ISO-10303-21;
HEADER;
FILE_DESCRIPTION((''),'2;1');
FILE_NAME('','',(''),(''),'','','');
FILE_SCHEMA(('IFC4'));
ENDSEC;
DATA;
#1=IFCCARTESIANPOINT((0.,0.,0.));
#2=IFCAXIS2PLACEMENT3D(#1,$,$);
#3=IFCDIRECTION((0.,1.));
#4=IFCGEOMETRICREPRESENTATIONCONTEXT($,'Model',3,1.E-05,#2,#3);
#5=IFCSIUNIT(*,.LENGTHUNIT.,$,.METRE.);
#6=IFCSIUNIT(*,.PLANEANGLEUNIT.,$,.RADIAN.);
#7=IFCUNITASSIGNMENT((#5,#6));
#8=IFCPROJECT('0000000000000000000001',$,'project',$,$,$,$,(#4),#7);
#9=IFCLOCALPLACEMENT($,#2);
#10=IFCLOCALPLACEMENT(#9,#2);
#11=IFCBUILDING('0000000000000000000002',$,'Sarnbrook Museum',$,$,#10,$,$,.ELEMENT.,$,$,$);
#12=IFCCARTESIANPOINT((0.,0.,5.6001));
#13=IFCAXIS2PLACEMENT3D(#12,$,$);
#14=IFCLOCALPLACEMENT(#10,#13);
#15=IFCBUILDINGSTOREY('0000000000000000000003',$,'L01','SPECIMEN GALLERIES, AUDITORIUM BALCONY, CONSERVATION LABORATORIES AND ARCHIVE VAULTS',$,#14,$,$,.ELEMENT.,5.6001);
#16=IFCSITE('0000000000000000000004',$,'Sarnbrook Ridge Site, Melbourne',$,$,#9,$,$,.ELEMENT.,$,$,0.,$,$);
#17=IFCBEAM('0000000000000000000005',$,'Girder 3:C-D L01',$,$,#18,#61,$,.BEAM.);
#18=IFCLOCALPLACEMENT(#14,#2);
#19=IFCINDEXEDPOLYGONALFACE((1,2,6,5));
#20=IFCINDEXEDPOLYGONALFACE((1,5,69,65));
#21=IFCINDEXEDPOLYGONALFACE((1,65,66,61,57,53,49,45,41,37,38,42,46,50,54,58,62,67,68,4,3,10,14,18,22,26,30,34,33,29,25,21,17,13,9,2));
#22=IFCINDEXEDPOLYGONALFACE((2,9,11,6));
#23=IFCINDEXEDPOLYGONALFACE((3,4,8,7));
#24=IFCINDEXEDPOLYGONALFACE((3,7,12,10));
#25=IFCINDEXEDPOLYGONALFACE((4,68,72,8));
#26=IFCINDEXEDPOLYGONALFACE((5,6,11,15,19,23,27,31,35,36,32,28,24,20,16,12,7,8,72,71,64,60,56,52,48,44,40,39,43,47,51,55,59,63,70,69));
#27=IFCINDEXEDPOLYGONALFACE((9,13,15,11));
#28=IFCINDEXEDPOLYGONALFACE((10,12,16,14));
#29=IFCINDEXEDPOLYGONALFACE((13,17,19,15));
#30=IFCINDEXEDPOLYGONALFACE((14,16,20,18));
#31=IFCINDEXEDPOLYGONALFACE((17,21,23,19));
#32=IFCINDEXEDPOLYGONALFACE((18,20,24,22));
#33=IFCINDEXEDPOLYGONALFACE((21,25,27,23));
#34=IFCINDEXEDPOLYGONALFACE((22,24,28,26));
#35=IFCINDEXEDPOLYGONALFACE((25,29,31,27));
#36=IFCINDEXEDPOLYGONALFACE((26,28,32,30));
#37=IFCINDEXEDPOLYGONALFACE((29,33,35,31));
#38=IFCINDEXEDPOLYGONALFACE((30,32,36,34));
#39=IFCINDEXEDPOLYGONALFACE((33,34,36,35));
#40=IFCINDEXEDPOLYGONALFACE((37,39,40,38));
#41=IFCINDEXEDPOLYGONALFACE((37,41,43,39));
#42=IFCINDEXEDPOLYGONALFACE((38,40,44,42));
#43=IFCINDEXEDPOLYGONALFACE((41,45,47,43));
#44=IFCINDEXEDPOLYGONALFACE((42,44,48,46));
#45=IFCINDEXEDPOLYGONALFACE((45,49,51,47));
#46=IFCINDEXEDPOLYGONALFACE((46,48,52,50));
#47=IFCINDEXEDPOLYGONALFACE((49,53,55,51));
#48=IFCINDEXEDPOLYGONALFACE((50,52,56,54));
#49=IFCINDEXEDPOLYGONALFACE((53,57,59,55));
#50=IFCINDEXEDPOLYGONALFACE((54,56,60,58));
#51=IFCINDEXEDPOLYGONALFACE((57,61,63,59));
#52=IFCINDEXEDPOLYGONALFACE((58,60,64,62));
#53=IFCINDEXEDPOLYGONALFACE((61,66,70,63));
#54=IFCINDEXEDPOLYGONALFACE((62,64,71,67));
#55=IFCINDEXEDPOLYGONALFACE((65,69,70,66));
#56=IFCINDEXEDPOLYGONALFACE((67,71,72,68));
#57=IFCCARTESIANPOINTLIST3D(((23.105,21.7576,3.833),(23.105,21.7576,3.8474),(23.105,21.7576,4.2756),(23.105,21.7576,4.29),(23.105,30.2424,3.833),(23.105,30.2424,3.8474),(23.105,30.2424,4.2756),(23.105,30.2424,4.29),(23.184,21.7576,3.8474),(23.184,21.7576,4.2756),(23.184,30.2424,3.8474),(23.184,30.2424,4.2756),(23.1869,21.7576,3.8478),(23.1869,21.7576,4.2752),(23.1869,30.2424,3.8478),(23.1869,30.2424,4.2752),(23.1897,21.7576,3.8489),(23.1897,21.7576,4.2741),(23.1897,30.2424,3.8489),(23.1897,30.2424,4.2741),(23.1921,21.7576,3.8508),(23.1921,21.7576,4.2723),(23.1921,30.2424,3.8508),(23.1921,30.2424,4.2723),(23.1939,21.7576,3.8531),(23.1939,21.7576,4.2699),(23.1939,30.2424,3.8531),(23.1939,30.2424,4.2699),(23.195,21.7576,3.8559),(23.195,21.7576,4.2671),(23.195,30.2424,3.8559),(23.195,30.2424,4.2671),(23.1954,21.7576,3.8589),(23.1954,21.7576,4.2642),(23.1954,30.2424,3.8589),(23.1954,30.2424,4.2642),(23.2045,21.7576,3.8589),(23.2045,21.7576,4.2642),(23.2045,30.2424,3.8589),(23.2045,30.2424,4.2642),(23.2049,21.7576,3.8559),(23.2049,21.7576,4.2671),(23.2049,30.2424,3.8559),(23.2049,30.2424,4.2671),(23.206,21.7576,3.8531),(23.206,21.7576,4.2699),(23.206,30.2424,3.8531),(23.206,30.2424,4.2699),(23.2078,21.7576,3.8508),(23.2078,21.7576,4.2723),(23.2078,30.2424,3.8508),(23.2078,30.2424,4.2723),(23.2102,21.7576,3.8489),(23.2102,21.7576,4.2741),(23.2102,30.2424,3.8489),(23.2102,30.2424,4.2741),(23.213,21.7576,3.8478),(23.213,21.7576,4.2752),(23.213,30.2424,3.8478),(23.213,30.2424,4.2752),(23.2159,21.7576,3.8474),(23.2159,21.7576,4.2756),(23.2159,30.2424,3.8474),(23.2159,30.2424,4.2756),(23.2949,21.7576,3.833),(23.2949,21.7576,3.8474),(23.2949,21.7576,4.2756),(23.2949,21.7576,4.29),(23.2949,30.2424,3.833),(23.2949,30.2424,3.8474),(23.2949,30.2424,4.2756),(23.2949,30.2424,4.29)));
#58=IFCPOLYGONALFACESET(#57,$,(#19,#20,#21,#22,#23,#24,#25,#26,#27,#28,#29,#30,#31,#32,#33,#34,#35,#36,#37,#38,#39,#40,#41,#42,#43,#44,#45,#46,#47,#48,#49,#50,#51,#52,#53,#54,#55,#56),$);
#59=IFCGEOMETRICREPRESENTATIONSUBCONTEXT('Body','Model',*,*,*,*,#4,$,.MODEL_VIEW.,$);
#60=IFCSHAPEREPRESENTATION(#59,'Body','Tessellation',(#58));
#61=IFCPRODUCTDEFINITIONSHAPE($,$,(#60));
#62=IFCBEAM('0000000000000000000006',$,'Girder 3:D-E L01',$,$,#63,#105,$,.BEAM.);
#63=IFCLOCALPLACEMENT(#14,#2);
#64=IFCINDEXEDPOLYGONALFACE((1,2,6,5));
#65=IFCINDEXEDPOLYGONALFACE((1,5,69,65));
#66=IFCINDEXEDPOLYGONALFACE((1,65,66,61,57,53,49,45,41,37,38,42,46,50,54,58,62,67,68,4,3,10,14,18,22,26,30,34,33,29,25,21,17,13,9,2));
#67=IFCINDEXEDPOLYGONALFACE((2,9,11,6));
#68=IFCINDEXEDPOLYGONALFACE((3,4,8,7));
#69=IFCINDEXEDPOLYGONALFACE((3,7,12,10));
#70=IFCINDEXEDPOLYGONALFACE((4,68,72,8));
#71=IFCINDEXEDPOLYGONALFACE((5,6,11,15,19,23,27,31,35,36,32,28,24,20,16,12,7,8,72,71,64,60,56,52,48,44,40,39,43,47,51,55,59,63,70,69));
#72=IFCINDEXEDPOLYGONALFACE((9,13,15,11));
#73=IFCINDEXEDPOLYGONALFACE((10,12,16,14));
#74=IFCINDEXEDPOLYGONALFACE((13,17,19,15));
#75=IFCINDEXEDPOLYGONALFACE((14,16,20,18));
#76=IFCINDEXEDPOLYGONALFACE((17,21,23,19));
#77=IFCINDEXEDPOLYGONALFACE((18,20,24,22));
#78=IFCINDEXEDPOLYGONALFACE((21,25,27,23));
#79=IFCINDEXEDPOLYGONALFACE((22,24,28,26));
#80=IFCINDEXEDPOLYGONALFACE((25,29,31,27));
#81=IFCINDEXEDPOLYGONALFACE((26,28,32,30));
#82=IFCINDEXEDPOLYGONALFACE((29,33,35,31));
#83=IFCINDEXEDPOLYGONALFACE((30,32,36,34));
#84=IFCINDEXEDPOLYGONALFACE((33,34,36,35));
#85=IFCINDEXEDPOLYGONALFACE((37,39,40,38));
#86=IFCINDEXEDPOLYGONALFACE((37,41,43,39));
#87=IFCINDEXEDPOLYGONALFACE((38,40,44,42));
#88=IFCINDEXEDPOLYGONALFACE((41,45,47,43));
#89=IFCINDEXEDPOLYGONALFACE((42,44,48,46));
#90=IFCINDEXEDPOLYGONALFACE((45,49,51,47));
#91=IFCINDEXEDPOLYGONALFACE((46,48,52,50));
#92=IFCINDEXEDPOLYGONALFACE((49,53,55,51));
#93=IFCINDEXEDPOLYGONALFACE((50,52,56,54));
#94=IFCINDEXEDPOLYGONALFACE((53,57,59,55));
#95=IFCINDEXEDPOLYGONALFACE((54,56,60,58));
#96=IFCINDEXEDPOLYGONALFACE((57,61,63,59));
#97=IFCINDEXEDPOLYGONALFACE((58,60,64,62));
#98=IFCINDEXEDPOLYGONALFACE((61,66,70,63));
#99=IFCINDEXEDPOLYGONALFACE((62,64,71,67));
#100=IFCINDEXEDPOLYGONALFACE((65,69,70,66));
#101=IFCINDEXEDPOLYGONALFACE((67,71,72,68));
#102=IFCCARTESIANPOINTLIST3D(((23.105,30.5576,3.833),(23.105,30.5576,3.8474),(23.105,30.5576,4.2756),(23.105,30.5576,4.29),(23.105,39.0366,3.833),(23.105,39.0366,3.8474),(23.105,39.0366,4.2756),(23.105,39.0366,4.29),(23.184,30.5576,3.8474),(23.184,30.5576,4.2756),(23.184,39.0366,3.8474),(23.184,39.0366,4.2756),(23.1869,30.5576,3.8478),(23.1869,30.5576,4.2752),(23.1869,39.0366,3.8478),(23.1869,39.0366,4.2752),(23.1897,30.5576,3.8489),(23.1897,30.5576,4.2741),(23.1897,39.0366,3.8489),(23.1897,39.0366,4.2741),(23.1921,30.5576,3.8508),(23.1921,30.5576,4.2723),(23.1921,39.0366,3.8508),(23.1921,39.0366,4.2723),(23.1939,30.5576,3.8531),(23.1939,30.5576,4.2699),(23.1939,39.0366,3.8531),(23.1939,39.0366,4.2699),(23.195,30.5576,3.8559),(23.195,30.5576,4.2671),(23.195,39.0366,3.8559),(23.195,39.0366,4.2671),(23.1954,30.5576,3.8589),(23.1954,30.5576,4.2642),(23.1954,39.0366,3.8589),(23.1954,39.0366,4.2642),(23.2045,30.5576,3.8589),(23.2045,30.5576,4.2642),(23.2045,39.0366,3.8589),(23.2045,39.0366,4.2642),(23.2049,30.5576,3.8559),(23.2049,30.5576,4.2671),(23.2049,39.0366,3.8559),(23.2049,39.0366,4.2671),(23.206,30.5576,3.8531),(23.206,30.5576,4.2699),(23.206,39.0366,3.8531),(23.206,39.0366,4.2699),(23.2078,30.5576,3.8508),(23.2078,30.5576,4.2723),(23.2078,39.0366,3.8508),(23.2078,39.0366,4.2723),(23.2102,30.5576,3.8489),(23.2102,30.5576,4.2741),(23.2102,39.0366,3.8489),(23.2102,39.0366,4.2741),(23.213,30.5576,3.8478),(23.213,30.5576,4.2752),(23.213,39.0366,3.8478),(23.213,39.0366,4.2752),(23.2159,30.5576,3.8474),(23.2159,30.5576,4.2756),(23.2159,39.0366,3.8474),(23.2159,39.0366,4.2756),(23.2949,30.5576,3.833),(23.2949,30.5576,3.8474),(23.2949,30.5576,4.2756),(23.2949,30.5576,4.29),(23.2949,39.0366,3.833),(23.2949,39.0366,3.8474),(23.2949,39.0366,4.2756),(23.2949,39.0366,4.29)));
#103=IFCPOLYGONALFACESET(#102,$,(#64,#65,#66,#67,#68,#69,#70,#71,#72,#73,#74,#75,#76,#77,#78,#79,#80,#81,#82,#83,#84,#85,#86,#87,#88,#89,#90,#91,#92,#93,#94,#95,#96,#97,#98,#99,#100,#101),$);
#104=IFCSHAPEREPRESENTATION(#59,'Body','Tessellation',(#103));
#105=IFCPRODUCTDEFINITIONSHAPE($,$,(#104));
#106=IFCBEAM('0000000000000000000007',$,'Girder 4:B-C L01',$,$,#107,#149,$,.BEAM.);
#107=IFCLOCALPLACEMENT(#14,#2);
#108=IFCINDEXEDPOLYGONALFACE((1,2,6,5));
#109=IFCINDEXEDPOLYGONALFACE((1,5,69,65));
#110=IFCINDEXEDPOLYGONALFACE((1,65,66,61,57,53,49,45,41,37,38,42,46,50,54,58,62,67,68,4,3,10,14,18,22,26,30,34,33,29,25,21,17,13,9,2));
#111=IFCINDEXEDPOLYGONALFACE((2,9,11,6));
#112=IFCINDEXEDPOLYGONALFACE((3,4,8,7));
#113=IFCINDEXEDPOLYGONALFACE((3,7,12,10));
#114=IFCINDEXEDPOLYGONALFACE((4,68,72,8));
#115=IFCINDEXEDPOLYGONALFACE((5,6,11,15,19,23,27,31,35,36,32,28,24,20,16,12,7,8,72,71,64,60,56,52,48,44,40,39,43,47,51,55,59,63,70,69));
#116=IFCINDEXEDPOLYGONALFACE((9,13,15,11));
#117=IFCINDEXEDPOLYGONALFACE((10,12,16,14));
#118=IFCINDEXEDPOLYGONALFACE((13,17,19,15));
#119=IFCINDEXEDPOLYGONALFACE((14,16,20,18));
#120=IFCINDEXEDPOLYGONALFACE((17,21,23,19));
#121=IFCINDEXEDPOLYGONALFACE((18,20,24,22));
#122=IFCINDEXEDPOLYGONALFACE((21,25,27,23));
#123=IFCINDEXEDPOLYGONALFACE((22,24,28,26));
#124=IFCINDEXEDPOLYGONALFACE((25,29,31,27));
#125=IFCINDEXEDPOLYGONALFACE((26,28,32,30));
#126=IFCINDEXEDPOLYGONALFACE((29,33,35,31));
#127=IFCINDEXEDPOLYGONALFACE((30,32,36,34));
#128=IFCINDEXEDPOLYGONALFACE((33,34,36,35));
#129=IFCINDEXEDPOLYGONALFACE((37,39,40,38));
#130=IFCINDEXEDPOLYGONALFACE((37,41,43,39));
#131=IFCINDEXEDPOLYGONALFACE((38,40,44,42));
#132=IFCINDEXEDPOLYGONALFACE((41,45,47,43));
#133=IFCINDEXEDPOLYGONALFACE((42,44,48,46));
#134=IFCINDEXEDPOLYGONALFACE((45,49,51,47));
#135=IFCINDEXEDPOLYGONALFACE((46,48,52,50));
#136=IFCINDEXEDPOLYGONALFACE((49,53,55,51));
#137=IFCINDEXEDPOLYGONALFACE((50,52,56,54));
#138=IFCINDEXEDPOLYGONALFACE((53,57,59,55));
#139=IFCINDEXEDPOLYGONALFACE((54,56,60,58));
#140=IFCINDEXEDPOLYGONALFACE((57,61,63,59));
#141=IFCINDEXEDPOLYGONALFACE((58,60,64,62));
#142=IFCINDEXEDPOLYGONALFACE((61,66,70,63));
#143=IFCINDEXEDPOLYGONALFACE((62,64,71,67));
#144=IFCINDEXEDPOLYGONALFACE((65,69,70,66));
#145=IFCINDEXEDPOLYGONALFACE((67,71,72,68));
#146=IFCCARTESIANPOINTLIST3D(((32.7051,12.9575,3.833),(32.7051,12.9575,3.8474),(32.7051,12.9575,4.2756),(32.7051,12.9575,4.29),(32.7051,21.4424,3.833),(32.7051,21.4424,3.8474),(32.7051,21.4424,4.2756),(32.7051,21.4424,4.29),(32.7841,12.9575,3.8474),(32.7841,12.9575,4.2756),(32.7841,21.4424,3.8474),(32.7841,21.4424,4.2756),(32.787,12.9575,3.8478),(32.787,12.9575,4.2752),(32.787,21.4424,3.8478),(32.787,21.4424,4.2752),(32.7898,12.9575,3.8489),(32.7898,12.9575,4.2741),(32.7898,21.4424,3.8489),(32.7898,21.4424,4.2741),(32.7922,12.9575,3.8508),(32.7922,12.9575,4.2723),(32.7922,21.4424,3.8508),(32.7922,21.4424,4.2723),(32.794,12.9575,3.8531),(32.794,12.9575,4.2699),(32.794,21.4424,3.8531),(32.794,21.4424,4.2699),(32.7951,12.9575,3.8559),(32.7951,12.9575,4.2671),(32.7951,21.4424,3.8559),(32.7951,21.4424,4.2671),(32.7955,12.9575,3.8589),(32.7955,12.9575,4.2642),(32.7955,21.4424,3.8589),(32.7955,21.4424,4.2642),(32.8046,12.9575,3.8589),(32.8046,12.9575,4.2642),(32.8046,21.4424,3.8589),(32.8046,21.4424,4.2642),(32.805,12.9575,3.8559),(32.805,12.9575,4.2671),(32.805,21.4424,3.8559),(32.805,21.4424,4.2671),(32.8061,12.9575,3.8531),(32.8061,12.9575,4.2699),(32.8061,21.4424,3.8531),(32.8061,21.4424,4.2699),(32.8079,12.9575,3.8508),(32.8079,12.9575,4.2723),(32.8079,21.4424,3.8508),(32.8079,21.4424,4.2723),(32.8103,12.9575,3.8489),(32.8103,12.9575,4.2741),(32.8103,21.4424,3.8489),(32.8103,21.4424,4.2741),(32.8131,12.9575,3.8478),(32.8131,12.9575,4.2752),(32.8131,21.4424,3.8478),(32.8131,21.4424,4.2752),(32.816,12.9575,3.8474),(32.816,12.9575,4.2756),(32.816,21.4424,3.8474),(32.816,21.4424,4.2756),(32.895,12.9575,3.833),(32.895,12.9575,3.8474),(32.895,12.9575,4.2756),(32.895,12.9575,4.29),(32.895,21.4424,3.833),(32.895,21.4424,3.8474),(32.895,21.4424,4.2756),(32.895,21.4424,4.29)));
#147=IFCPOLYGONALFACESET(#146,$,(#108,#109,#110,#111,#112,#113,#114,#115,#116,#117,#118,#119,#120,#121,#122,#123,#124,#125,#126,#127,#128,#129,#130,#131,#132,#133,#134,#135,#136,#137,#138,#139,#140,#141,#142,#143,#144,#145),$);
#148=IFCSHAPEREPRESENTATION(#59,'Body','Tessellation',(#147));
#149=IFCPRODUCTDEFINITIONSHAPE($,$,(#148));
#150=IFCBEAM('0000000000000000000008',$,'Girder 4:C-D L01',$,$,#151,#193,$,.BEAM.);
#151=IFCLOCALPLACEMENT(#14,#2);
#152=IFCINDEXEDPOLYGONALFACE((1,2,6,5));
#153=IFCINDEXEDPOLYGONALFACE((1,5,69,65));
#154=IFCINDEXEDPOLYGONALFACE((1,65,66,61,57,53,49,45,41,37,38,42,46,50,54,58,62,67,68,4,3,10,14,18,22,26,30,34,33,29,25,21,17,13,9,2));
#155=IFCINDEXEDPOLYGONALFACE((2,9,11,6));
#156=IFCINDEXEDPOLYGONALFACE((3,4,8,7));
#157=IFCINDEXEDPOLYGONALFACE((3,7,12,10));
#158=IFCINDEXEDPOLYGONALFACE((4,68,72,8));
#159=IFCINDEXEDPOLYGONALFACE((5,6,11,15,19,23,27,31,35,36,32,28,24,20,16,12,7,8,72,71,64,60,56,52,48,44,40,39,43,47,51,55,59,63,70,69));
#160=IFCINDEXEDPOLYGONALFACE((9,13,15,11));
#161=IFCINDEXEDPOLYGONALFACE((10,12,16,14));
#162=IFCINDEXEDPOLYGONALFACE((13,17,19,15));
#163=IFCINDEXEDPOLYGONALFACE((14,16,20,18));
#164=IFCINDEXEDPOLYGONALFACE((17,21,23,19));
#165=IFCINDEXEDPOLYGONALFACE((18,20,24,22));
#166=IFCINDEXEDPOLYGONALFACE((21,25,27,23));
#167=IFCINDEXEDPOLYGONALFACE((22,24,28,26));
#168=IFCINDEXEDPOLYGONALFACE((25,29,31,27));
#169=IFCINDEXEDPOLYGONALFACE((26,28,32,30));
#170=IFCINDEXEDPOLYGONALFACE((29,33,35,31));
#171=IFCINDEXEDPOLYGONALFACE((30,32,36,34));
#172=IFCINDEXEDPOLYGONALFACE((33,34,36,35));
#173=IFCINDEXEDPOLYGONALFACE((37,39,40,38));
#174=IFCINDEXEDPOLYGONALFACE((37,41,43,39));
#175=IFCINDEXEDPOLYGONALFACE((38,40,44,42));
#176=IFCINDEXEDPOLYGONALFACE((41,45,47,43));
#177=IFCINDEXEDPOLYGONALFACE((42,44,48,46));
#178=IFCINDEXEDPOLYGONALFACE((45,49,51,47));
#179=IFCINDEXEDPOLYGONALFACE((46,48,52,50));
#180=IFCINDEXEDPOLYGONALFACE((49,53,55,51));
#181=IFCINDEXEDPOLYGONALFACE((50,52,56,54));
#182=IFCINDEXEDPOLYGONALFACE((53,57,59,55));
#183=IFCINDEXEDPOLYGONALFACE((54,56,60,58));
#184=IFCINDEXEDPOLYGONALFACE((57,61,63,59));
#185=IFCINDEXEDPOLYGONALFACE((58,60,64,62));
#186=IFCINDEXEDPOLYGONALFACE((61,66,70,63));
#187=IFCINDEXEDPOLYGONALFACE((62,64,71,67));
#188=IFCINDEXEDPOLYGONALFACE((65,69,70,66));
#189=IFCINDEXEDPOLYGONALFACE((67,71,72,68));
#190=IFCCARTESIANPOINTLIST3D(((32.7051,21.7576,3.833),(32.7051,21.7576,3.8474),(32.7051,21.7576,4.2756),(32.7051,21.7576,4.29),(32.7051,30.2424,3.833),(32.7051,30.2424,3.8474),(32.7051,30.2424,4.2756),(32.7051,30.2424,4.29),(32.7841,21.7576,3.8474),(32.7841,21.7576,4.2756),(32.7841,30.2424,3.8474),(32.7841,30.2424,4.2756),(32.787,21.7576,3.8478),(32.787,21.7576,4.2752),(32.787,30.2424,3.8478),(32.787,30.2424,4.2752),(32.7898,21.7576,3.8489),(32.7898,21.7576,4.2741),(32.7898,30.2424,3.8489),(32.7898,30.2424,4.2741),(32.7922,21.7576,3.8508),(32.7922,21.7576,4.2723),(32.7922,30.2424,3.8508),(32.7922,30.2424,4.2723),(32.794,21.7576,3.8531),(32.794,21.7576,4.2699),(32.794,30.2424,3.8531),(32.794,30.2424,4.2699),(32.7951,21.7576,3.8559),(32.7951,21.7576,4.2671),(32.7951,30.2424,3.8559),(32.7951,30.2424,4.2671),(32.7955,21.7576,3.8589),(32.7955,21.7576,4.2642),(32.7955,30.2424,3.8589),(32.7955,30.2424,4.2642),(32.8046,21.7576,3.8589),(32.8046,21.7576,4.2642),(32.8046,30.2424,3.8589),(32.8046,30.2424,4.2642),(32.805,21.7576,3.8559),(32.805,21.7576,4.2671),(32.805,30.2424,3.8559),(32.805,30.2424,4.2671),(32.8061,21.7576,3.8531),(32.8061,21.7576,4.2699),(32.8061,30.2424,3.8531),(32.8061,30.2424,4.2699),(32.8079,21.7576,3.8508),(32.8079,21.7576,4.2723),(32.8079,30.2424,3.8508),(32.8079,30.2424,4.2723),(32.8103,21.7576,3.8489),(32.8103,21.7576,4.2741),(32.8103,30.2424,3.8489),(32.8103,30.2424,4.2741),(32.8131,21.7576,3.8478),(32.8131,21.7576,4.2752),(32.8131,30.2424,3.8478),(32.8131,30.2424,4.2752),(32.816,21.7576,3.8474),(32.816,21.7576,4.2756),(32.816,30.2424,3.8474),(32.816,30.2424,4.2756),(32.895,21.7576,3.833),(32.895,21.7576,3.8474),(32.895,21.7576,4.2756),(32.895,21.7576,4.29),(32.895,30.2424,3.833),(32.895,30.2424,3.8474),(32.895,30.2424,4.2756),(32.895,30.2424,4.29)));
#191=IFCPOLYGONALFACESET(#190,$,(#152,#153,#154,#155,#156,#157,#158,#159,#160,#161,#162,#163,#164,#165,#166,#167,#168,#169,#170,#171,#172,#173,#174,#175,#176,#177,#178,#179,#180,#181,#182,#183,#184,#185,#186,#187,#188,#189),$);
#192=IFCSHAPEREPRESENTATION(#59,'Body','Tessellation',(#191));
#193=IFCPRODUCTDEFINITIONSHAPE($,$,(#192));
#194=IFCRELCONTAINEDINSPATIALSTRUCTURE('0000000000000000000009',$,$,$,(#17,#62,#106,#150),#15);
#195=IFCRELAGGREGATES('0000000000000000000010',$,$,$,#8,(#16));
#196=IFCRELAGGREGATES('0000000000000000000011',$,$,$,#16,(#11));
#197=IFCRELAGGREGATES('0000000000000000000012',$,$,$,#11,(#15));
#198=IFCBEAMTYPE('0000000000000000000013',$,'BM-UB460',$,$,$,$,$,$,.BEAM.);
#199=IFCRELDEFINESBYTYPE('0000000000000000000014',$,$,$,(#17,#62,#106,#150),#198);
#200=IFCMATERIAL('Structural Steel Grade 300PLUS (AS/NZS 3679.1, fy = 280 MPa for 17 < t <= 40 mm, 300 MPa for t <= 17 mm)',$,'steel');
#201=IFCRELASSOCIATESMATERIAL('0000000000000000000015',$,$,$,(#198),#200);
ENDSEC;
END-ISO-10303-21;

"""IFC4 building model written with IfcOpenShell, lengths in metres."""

from ifc_helpers import new_model, si_unit, direction, frame, origin, origin_2d, place, context, subcontext, project, spatial, i_section, extrude, material, material_profile, profile_set, type_object, element, save


model = new_model("IFC4")

# Units and contexts
model_context = context("Model", 3, precision=1e-05, world=origin(), true_north=direction((0.0, 1.0)))
body_context = subcontext(model_context, "Body", "Model", "MODEL_VIEW")
ifc_project = project(units=[si_unit("LENGTHUNIT", "METRE"), si_unit("PLANEANGLEUNIT", "RADIAN")], contexts=[model_context])

# Site, building, storey
site_placement = place(None, origin())
site = spatial("IfcSite", under=ifc_project, at=site_placement, Name="Sarnbrook Ridge Site, Melbourne", CompositionType="ELEMENT", RefElevation=0.0)
building_placement = place(site_placement, origin())
building = spatial("IfcBuilding", under=site, at=building_placement, Name="Sarnbrook Museum", CompositionType="ELEMENT")
storey_placement = place(building_placement, frame((0.0, 0.0, 5.6001)))
storey = spatial("IfcBuildingStorey", under=building, at=storey_placement, Name="L01", Description="SPECIMEN GALLERIES, AUDITORIUM BALCONY, CONSERVATION LABORATORIES AND ARCHIVE VAULTS", CompositionType="ELEMENT", Elevation=5.6001)

# Shared definitions
ifc_material_1 = material(Name="Structural Steel Grade 300PLUS (AS/NZS 3679.1, fy = 280 MPa for 17 < t <= 40 mm, 300 MPa for t <= 17 mm)", Category="steel")

# Beams
ifc_material_profile_1 = material_profile(ifc_material_1, i_section(OverallWidth=0.1899, OverallDepth=0.457, WebThickness=0.009, FlangeThickness=0.0144, FilletRadius=0.0115, at=origin_2d()), Name="460UB74.6")
ifc_profile_set_1 = profile_set([ifc_material_profile_1], Name="Structural Steel Grade 300PLUS (AS/NZS 3679.1, fy = 280 MPa for 17 < t <= 40 mm, 300 MPa for t <= 17 mm)")
beam_type_1 = type_object("IfcBeamType", Name="BM-UB460", PredefinedType="BEAM", material=ifc_profile_set_1)
beam_1_placement = place(storey_placement, frame((23.2, 21.7576, 4.0615), z_axis=(0.0, 1.0, 0.0), x_axis=(-1.0, 0.0, 0.0)))
element("IfcBeam", 1, at=beam_1_placement, inside=storey, type_object=beam_type_1, Name="Girder 3:C-D L01", PredefinedType="BEAM", context=body_context, shape_type="SweptSolid", body=[
    extrude(i_section(OverallWidth=0.1899, OverallDepth=0.457, WebThickness=0.009, FlangeThickness=0.0144, FilletRadius=0.0115, at=origin_2d()), origin(), (0.0, 0.0, 1.0), 8.4849),
])
beam_2_placement = place(storey_placement, frame((23.2, 30.5576, 4.0615), z_axis=(0.0, 1.0, 0.0), x_axis=(-1.0, 0.0, 0.0)))
element("IfcBeam", 2, at=beam_2_placement, inside=storey, type_object=beam_type_1, Name="Girder 3:D-E L01", PredefinedType="BEAM", context=body_context, shape_type="SweptSolid", body=[
    extrude(i_section(OverallWidth=0.1899, OverallDepth=0.457, WebThickness=0.009, FlangeThickness=0.0144, FilletRadius=0.0115, at=origin_2d()), origin(), (0.0, 0.0, 1.0), 8.479),
])
for number, where, z_axis, x_axis, name in (
    (3, (32.8, 12.9575, 4.0615), (0.0, 1.0, 0.0), (-1.0, 0.0, 0.0), "Girder 4:B-C L01"),
    (4, (32.8, 21.7576, 4.0615), (0.0, 1.0, 0.0), (-1.0, 0.0, 0.0), "Girder 4:C-D L01"),
):
    element("IfcBeam", number, at=place(storey_placement, frame(where, z_axis=z_axis, x_axis=x_axis)), inside=storey, type_object=beam_type_1, Name=name, PredefinedType="BEAM", context=body_context, shape_type="SweptSolid", body=[
        extrude(i_section(OverallWidth=0.1899, OverallDepth=0.457, WebThickness=0.009, FlangeThickness=0.0144, FilletRadius=0.0115, at=origin_2d()), origin(), (0.0, 0.0, 1.0), 8.4849),
    ])

save(model, "model.ifc")
